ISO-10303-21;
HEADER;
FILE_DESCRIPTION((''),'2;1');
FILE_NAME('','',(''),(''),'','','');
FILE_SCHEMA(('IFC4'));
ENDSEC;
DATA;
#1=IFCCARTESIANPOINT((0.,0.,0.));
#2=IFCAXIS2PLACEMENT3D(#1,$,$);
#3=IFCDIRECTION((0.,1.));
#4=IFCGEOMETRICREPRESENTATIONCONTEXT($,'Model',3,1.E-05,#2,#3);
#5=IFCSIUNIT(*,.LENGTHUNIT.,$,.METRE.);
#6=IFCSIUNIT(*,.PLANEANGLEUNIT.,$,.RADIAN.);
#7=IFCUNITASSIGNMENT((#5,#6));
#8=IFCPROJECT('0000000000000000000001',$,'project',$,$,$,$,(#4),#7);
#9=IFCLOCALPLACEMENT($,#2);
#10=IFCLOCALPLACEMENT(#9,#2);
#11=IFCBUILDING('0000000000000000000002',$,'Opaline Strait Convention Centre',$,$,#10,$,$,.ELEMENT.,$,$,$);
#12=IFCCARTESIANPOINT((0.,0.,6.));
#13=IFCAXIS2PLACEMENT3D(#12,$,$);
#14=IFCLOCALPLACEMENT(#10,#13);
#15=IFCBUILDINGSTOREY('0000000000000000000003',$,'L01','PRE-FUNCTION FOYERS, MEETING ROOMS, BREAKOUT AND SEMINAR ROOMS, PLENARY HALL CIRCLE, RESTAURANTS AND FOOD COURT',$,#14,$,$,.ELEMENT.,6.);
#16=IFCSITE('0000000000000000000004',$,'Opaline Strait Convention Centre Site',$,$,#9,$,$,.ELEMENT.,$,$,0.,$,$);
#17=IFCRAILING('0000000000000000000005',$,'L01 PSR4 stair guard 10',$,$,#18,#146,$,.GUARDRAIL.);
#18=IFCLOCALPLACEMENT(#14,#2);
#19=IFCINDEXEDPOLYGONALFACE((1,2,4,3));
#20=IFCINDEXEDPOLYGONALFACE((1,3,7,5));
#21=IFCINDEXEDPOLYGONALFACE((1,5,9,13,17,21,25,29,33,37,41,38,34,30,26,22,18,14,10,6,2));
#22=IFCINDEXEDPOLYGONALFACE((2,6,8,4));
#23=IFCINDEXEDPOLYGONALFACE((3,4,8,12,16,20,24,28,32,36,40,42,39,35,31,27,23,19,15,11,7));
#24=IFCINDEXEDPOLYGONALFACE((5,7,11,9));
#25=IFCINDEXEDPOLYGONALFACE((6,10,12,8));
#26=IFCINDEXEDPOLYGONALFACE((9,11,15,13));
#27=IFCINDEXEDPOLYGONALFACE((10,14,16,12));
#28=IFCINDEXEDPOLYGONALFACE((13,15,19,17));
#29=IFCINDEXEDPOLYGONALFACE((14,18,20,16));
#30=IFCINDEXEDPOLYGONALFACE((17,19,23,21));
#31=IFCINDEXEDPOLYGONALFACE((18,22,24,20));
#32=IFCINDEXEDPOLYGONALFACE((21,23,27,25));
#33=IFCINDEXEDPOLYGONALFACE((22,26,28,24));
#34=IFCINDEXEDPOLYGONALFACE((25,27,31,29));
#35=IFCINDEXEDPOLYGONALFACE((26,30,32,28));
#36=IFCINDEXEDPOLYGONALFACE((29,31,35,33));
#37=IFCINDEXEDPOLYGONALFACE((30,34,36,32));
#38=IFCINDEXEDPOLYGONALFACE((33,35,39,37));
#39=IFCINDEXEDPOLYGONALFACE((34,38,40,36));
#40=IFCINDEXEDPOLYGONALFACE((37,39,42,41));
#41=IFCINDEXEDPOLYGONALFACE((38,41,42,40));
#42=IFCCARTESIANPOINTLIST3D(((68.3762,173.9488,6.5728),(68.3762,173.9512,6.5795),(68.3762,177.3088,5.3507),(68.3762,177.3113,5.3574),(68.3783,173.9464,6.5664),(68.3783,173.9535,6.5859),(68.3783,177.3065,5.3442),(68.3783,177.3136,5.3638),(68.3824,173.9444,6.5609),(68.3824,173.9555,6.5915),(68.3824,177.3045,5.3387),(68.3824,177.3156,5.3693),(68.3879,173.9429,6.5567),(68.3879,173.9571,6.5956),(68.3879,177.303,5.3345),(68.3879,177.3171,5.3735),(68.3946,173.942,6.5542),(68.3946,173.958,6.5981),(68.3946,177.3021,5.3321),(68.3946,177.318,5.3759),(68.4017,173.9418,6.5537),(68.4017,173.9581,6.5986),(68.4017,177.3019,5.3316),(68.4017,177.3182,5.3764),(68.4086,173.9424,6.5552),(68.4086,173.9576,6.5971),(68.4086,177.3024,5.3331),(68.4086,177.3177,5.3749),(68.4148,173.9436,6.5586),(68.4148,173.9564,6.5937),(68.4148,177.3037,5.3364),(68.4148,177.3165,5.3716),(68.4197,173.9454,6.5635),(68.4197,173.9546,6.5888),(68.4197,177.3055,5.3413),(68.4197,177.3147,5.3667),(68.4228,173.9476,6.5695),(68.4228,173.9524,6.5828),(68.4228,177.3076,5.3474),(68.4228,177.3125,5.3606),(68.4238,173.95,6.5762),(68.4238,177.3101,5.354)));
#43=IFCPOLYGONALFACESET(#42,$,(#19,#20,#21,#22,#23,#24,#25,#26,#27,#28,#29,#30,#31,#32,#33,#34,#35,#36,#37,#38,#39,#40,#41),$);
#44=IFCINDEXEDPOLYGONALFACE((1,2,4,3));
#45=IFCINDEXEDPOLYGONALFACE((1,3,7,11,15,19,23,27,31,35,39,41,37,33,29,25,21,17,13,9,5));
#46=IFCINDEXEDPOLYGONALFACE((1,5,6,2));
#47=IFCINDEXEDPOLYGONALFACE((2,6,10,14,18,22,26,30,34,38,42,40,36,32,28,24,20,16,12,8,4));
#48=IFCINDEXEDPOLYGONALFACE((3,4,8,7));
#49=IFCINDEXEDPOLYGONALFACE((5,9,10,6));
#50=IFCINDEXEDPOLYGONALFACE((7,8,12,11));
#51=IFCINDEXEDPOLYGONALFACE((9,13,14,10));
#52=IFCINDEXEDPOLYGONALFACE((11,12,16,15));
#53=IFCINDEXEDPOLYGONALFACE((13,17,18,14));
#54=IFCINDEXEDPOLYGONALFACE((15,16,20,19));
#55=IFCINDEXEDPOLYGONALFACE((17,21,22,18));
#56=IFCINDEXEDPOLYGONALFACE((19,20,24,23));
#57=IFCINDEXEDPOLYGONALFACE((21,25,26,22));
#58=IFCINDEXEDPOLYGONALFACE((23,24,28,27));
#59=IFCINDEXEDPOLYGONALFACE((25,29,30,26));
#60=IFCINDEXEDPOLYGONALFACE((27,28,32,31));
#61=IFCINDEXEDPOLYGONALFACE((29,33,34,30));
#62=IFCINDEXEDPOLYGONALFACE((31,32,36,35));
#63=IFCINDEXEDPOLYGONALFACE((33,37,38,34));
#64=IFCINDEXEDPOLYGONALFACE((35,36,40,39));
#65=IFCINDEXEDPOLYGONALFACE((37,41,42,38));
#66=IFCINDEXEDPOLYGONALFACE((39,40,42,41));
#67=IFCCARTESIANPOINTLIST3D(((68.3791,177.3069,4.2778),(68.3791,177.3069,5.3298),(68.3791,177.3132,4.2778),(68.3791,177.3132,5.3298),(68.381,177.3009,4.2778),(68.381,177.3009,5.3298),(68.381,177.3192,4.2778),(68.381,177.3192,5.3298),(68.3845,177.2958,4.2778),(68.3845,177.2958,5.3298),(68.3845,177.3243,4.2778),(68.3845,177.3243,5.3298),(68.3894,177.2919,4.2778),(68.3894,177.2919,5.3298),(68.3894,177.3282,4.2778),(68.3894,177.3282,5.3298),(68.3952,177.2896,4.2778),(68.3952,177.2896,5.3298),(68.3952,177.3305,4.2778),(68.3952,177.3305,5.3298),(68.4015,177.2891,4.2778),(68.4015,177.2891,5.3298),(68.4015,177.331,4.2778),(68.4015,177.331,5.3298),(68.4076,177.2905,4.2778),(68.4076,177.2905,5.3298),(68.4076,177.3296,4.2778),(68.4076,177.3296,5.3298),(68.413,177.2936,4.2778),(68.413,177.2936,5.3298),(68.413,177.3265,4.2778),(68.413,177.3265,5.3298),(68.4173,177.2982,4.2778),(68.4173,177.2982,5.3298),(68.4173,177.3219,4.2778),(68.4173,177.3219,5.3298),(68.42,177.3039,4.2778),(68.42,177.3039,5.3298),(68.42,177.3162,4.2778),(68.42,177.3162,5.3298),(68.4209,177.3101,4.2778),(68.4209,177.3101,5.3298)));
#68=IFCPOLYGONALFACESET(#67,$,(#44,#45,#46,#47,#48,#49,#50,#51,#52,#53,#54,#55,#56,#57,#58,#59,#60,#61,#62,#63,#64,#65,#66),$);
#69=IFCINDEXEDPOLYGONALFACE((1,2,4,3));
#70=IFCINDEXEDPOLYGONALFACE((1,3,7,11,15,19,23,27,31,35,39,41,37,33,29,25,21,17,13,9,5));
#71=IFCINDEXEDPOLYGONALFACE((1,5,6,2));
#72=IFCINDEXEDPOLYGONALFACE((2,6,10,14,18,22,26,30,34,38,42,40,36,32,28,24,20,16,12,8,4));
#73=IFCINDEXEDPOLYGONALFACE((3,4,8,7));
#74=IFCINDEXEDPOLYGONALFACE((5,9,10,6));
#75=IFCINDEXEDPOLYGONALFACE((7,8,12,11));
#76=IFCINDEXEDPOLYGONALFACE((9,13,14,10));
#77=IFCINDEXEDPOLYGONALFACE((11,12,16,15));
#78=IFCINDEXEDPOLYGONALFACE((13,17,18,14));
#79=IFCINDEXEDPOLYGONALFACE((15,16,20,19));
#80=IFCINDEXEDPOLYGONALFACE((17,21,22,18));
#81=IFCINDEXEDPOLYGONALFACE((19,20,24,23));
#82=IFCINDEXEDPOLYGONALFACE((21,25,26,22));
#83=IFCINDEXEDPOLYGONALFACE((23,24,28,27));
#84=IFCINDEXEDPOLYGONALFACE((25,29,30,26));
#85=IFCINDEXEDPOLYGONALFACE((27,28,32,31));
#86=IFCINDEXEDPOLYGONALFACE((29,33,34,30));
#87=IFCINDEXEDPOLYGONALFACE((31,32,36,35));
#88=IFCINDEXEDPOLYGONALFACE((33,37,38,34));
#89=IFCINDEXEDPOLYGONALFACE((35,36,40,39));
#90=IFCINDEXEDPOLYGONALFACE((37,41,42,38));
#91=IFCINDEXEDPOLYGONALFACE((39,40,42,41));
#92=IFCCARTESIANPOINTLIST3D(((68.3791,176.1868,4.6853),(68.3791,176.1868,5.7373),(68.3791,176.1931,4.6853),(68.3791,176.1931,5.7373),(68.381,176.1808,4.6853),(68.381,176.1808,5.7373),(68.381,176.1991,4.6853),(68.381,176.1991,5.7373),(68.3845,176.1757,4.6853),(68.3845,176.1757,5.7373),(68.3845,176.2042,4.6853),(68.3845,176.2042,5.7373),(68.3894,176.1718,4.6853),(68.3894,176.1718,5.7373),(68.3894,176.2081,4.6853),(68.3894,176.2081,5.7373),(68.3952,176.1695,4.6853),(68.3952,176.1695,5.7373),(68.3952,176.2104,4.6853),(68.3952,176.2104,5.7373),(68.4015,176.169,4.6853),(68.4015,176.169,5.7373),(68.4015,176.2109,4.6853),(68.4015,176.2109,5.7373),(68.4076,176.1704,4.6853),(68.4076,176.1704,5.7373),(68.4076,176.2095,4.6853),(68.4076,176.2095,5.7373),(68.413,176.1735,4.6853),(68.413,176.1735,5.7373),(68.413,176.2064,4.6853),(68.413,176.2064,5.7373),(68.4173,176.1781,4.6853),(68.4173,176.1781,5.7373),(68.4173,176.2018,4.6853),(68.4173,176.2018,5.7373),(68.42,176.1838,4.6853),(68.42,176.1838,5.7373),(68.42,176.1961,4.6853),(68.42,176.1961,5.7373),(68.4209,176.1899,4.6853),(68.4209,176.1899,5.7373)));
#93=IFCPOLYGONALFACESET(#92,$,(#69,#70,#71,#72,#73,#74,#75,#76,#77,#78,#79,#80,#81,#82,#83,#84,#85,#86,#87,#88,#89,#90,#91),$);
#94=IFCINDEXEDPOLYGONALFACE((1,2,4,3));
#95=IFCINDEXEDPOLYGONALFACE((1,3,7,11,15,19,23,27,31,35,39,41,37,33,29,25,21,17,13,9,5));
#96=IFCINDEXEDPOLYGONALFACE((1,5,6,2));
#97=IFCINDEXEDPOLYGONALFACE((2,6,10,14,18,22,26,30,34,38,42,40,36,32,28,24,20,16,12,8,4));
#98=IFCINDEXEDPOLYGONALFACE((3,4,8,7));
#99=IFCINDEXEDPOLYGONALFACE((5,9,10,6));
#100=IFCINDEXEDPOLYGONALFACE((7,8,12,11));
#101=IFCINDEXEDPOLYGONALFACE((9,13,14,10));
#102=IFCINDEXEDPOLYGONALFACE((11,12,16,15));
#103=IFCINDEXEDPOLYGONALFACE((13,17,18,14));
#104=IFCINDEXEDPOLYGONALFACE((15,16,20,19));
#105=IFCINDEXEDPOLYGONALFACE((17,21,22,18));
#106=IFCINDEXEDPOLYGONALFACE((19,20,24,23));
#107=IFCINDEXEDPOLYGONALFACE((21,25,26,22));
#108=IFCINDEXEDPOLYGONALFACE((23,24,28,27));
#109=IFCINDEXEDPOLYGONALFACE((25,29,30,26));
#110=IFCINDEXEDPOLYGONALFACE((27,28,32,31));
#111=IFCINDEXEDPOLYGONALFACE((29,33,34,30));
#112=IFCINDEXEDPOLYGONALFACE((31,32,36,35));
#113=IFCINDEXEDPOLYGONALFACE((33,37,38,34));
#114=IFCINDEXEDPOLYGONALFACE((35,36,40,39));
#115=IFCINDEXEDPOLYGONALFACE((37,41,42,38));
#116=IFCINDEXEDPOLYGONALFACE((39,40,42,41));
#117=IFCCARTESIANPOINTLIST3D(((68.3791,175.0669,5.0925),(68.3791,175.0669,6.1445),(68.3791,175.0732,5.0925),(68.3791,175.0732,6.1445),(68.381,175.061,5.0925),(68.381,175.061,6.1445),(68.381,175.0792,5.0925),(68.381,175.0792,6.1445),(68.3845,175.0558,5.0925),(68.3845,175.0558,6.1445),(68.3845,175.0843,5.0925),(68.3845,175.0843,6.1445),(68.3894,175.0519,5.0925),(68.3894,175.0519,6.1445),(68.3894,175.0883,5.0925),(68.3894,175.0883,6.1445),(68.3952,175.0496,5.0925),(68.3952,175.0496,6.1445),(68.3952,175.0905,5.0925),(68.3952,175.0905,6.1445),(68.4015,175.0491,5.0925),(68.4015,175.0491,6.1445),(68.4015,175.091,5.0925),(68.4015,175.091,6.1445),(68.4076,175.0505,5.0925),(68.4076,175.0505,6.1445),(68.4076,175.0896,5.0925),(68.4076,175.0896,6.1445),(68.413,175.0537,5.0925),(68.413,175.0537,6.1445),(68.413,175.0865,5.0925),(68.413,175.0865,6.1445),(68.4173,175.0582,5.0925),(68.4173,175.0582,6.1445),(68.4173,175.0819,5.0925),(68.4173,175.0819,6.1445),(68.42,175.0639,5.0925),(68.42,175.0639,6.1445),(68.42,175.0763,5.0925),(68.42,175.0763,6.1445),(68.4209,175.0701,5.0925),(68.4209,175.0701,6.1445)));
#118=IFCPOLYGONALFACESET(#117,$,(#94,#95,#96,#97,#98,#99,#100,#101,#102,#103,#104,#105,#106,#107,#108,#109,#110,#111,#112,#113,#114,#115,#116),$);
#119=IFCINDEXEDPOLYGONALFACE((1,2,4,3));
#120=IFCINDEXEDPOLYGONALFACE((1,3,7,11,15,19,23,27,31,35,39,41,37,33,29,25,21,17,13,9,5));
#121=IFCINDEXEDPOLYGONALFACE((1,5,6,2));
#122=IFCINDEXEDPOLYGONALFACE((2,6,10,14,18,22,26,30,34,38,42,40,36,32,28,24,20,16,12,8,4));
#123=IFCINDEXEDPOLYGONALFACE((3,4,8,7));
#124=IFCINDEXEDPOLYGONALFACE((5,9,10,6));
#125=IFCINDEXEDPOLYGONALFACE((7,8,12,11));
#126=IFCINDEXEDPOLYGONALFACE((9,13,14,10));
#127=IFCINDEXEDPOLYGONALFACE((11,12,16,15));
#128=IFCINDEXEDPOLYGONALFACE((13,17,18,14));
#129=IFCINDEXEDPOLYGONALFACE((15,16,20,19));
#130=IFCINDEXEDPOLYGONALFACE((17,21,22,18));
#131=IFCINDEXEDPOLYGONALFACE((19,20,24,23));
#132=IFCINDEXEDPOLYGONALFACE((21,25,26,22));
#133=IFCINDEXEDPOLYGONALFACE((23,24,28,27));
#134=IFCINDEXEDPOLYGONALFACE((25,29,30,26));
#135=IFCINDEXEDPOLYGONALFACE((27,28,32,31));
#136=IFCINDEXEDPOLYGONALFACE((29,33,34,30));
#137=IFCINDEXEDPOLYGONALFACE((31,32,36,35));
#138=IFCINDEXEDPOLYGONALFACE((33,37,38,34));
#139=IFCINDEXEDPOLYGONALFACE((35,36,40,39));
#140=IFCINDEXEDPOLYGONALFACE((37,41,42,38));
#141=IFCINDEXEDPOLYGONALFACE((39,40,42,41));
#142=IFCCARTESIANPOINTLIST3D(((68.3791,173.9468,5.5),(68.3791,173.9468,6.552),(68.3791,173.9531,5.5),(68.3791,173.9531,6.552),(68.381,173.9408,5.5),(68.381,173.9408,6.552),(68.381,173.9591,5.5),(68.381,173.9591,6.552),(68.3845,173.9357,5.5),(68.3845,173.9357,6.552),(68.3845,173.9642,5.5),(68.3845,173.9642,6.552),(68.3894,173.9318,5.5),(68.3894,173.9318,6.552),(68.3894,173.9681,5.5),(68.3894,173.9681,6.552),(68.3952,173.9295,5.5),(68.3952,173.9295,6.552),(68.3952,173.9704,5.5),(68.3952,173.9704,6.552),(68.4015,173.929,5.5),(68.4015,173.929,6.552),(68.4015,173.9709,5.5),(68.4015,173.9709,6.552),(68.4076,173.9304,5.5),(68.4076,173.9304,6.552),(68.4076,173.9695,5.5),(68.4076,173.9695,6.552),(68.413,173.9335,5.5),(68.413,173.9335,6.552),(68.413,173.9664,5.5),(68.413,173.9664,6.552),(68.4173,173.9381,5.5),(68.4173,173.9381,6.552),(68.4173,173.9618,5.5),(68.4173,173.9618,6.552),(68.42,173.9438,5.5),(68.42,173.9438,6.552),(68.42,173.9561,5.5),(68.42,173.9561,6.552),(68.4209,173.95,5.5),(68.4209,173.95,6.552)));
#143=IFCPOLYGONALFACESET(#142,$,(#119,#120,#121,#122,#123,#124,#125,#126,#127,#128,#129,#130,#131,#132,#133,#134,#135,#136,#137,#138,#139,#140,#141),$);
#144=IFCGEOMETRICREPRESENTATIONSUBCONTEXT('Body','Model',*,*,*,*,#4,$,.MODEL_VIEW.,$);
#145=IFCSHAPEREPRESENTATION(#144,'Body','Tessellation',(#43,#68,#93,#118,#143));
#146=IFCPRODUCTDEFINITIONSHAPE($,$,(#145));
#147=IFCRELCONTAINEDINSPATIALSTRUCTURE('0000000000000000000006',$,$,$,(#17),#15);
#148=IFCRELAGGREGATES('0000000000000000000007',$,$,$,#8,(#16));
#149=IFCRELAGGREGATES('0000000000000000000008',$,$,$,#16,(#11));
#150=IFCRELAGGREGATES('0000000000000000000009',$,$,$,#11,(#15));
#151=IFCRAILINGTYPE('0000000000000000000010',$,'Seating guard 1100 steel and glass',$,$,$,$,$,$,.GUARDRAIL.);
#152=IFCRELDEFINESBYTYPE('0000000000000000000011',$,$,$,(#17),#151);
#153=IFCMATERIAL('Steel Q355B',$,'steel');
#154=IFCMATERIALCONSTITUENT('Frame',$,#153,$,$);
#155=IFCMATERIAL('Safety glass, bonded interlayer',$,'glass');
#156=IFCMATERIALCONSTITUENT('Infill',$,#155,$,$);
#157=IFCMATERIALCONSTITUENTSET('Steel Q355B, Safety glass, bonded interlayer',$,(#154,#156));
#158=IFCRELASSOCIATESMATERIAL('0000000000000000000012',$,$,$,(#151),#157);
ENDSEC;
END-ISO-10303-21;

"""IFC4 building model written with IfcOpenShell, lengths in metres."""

from ifc_helpers import new_model, si_unit, direction, frame, origin, origin_2d, place, context, subcontext, project, spatial, circle, extrude, material, constituent, constituent_set, type_object, element, save


model = new_model("IFC4")

# Units and contexts
model_context = context("Model", 3, precision=1e-05, world=origin(), true_north=direction((0.0, 1.0)))
body_context = subcontext(model_context, "Body", "Model", "MODEL_VIEW")
ifc_project = project(units=[si_unit("LENGTHUNIT", "METRE"), si_unit("PLANEANGLEUNIT", "RADIAN")], contexts=[model_context])

# Site, building, storey
site_placement = place(None, origin())
site = spatial("IfcSite", under=ifc_project, at=site_placement, Name="Opaline Strait Convention Centre Site", CompositionType="ELEMENT", RefElevation=0.0)
building_placement = place(site_placement, origin())
building = spatial("IfcBuilding", under=site, at=building_placement, Name="Opaline Strait Convention Centre", CompositionType="ELEMENT")
storey_placement = place(building_placement, frame((0.0, 0.0, 6.0)))
storey = spatial("IfcBuildingStorey", under=building, at=storey_placement, Name="L01", Description="PRE-FUNCTION FOYERS, MEETING ROOMS, BREAKOUT AND SEMINAR ROOMS, PLENARY HALL CIRCLE, RESTAURANTS AND FOOD COURT", CompositionType="ELEMENT", Elevation=6.0)

# Railing
ifc_material_1 = material(Name="Steel Q355B", Category="steel")
ifc_constituent_1 = constituent(ifc_material_1, Name="Frame")
ifc_material_2 = material(Name="Safety glass, bonded interlayer", Category="glass")
ifc_constituent_2 = constituent(ifc_material_2, Name="Infill")
ifc_constituent_set = constituent_set(constituents=[ifc_constituent_1, ifc_constituent_2], Name="Steel Q355B, Safety glass, bonded interlayer")
railing_type_1 = type_object("IfcRailingType", Name="Seating guard 1100 steel and glass", PredefinedType="GUARDRAIL", material=ifc_constituent_set)
railing_1_placement = place(storey_placement, frame((68.3999, 177.3101, 4.2778)))
element("IfcRailing", 1, at=railing_1_placement, inside=storey, type_object=railing_type_1, Name="L01 PSR4 stair guard 10", PredefinedType="GUARDRAIL", context=body_context, shape_type="SweptSolid", body=[
    extrude(circle(Radius=0.0239, at=origin_2d()), frame((0.0, 0.0, 1.0762), z_axis=(0.0, -0.939766, 0.34182), x_axis=(1.0, 0.0, 0.0)), (0.0, 0.0, 1.0), 3.5754),
    extrude(circle(Radius=0.021, at=origin_2d()), origin(), (0.0, 0.0, 1.0), 1.052),
    extrude(circle(Radius=0.021, at=origin_2d()), frame((0.0, -1.1201, 0.4075)), (0.0, 0.0, 1.0), 1.052),
    extrude(circle(Radius=0.021, at=origin_2d()), frame((0.0, -2.24, 0.8147)), (0.0, 0.0, 1.0), 1.052),
    extrude(circle(Radius=0.021, at=origin_2d()), frame((0.0, -3.3601, 1.2222)), (0.0, 0.0, 1.0), 1.052),
])

save(model, "model.ifc")
